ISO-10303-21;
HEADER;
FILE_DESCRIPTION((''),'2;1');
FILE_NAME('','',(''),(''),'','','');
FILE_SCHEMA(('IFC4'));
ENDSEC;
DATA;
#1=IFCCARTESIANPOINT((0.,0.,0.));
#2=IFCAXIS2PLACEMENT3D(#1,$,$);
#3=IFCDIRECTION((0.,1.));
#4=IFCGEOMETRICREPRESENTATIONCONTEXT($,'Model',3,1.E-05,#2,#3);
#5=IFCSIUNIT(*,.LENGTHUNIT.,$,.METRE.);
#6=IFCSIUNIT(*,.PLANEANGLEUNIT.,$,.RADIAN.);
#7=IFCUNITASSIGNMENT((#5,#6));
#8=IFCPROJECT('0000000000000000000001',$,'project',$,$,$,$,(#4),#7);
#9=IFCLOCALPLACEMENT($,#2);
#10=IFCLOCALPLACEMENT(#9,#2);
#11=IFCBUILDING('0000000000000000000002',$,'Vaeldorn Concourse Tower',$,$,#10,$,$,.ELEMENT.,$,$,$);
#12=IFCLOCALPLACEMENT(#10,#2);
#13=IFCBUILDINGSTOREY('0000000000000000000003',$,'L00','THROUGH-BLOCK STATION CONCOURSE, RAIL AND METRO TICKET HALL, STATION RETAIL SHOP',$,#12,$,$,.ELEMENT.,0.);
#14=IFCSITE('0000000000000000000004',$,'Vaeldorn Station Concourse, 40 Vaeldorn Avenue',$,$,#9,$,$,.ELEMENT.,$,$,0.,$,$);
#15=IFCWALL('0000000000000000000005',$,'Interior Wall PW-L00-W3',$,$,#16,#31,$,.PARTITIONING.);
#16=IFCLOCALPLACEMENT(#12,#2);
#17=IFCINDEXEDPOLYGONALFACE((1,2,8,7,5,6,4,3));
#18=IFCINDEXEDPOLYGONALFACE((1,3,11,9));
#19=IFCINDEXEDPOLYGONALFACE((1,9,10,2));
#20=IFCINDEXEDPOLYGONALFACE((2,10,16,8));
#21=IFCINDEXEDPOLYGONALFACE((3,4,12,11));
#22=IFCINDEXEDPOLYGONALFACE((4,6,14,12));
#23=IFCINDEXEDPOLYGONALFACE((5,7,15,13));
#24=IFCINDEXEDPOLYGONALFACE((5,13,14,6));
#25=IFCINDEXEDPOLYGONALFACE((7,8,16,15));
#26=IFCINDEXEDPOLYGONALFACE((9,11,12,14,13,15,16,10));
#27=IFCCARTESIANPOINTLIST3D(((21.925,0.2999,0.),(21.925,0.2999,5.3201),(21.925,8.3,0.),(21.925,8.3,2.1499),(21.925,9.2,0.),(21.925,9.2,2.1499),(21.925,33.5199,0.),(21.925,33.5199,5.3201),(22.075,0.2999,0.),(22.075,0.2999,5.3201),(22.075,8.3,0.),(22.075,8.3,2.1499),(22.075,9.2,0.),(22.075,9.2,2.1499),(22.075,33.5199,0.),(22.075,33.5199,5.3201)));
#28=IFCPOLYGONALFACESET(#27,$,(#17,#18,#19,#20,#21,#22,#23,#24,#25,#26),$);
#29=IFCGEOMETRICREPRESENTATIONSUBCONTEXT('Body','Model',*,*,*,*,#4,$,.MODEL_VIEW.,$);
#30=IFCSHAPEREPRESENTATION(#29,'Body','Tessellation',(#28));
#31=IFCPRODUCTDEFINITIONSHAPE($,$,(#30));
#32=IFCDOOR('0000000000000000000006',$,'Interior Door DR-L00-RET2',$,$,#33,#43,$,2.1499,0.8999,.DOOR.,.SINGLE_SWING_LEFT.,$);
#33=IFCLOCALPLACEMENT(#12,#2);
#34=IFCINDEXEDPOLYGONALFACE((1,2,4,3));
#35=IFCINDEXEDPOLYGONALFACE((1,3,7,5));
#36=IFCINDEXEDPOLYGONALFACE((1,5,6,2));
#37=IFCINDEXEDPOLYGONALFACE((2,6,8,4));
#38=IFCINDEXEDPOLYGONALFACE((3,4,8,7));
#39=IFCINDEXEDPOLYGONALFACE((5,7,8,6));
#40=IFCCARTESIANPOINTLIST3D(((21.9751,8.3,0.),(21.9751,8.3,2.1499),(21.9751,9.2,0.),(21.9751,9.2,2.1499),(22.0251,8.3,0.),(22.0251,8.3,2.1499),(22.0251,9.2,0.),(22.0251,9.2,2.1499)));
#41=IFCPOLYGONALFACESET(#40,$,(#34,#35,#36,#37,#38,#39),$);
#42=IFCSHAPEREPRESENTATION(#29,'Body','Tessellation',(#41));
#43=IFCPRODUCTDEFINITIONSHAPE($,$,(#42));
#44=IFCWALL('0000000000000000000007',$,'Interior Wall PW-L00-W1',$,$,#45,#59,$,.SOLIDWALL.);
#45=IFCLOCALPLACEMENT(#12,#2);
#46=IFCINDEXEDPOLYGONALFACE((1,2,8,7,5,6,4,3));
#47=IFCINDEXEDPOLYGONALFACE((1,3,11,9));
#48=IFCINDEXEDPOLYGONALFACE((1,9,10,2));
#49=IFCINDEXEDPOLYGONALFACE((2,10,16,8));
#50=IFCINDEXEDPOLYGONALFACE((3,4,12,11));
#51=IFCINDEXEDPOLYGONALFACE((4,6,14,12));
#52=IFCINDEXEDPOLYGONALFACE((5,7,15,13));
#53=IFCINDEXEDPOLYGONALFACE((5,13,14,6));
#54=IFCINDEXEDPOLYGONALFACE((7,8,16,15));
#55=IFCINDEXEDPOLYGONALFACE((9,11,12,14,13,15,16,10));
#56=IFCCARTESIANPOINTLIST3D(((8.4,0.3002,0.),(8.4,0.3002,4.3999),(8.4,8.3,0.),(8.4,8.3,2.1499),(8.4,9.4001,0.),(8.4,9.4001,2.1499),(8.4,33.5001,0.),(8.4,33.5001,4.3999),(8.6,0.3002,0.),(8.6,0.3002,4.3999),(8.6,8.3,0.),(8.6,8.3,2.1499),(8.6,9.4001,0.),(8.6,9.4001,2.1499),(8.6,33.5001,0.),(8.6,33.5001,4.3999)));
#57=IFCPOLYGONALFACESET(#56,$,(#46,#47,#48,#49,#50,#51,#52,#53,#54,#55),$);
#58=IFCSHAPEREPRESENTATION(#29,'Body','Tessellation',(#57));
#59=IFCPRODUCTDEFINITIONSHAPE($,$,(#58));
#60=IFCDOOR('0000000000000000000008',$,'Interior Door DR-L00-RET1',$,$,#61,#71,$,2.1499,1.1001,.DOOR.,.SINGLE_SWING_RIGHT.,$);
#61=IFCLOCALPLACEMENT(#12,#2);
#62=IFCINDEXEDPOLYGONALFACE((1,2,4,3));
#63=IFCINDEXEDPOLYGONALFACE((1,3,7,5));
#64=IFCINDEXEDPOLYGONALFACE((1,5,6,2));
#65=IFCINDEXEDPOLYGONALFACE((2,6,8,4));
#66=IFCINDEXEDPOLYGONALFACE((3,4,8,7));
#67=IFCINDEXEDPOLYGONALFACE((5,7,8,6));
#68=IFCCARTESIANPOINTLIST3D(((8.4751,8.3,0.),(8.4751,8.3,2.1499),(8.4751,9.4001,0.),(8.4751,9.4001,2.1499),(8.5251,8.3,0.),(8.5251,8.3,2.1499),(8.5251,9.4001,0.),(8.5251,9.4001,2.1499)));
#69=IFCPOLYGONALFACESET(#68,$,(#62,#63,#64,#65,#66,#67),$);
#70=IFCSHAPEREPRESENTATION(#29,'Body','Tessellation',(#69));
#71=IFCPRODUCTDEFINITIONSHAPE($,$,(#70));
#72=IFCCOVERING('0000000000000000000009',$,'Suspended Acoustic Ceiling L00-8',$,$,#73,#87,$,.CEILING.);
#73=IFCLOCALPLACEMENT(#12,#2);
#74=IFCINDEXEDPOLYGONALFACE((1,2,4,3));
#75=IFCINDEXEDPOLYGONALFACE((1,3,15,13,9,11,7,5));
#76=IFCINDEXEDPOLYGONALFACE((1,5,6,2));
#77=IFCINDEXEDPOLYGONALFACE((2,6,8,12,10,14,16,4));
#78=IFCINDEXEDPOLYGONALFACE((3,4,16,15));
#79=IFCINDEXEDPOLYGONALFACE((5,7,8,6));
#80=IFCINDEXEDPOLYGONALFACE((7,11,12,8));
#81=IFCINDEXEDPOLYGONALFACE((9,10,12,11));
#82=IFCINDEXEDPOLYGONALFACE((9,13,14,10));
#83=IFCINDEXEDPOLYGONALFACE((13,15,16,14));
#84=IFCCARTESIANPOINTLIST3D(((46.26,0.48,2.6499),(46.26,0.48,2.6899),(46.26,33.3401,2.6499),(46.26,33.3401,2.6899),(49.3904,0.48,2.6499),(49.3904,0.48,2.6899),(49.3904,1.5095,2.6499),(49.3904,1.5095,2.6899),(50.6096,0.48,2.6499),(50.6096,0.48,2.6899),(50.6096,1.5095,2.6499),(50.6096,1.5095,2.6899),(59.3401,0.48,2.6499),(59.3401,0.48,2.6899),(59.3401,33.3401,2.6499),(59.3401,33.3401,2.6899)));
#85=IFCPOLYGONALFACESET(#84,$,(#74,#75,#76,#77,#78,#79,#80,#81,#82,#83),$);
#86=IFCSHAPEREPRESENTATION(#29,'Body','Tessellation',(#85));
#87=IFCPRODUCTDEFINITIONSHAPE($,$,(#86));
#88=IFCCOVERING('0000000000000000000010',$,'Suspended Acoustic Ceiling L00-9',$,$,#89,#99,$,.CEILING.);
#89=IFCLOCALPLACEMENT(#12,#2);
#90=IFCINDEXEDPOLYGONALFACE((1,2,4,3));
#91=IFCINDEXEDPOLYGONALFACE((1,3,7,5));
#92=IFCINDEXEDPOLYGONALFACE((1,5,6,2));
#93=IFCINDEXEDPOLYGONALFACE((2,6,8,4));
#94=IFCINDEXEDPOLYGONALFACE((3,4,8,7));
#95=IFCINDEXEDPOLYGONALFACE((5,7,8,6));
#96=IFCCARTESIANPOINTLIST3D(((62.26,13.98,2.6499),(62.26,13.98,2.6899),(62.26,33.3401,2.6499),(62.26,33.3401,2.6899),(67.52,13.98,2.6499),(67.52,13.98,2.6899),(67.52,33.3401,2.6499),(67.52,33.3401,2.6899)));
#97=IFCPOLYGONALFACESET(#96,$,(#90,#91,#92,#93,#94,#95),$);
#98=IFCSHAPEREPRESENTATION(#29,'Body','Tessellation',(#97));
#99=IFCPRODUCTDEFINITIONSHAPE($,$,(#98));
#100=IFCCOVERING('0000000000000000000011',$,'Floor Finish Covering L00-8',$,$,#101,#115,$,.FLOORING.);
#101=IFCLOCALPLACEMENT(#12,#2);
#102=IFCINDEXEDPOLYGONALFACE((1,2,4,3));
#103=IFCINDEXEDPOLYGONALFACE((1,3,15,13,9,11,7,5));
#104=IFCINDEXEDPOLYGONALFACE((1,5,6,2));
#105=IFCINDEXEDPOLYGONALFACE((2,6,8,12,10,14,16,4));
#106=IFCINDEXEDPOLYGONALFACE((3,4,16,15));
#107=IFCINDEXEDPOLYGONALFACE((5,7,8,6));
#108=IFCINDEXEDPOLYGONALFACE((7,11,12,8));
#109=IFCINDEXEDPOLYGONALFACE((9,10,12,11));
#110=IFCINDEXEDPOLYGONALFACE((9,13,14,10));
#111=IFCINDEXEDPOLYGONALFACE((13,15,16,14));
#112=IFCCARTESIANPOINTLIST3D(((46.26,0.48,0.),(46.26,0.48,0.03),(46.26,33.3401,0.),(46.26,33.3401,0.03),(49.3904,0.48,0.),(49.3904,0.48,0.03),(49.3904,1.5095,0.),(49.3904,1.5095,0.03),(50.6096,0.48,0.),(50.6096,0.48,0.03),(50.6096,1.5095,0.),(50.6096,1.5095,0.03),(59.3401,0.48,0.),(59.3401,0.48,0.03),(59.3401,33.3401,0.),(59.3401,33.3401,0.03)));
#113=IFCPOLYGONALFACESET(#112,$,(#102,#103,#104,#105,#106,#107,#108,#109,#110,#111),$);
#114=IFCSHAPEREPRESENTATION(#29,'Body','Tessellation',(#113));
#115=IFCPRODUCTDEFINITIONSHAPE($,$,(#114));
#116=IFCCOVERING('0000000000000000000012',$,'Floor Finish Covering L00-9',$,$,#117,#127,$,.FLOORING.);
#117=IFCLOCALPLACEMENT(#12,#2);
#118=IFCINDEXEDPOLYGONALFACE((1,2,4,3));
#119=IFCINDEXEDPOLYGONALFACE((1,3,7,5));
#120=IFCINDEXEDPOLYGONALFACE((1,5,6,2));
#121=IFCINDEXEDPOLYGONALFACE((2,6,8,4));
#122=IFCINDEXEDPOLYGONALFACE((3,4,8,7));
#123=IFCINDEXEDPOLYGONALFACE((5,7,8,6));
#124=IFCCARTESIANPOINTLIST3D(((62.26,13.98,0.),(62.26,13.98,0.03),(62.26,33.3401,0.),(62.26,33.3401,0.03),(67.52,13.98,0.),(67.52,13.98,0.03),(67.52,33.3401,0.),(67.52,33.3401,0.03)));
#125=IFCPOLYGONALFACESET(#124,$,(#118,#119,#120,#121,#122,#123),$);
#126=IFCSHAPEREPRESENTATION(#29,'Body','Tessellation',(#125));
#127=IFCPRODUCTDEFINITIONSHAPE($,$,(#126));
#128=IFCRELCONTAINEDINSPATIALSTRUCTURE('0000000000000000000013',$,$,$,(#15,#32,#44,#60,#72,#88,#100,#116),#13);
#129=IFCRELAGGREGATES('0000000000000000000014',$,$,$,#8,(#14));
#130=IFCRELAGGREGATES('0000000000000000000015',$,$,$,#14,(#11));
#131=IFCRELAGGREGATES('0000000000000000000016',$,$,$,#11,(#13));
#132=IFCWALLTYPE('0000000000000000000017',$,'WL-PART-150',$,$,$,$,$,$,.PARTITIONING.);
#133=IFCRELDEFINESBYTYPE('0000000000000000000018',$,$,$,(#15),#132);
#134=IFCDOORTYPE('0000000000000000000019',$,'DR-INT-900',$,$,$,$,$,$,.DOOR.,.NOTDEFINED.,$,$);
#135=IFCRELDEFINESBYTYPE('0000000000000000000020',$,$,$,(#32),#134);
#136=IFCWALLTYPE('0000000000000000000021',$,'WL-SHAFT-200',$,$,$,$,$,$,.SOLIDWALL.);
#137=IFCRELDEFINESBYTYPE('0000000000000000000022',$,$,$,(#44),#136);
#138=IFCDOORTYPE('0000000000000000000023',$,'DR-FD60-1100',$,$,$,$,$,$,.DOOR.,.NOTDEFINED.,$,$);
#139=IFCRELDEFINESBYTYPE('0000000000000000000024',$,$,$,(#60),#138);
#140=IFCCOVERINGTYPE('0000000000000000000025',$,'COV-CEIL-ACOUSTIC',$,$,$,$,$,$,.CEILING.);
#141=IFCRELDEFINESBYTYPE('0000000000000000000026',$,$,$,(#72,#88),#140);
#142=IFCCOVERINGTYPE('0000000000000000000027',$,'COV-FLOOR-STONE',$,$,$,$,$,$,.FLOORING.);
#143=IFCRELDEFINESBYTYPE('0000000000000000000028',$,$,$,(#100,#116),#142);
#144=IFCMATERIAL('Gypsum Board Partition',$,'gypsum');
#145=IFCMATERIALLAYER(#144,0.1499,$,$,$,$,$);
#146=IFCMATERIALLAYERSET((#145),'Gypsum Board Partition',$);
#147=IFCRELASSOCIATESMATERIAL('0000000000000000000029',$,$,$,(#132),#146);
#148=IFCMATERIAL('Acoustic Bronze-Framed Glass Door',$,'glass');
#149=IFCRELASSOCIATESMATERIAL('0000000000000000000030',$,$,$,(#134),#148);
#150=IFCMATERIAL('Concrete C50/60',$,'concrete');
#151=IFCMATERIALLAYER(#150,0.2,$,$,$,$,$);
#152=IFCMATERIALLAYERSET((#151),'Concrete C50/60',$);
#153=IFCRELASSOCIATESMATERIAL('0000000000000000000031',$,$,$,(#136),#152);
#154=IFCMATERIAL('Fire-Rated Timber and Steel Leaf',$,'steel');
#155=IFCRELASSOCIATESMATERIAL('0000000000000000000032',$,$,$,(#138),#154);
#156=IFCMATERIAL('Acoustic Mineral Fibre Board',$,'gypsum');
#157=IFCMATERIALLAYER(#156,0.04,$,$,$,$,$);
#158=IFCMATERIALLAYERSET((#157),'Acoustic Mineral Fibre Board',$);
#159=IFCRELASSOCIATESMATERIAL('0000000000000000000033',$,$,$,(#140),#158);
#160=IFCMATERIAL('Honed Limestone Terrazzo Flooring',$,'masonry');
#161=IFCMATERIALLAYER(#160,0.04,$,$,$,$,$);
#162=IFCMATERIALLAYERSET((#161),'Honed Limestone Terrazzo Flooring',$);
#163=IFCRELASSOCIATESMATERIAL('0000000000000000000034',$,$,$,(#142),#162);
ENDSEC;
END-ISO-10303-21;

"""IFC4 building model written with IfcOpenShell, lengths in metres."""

from ifc_helpers import new_model, si_unit, direction, frame, frame_2d, origin, place, context, subcontext, project, spatial, polyline, rectangle, outline, extrude, source, transform, mapped, material, layer, layer_set, type_object, element, fill, save


model = new_model("IFC4")

# Units and contexts
model_context = context("Model", 3, precision=1e-05, world=origin(), true_north=direction((0.0, 1.0)))
body_context = subcontext(model_context, "Body", "Model", "MODEL_VIEW")
ifc_project = project(units=[si_unit("LENGTHUNIT", "METRE"), si_unit("PLANEANGLEUNIT", "RADIAN")], contexts=[model_context])

# Site, building, storey
site_placement = place(None, origin())
site = spatial("IfcSite", under=ifc_project, at=site_placement, Name="Vaeldorn Station Concourse, 40 Vaeldorn Avenue", CompositionType="ELEMENT", RefElevation=0.0)
building_placement = place(site_placement, origin())
building = spatial("IfcBuilding", under=site, at=building_placement, Name="Vaeldorn Concourse Tower", CompositionType="ELEMENT")
storey_placement = place(building_placement, origin())
storey = spatial("IfcBuildingStorey", under=building, at=storey_placement, Name="L00", Description="THROUGH-BLOCK STATION CONCOURSE, RAIL AND METRO TICKET HALL, STATION RETAIL SHOP", CompositionType="ELEMENT", Elevation=0.0)

# Walls, openings, doors
ifc_material_1 = material(Name="Gypsum Board Partition", Category="gypsum")
ifc_layer_1 = layer(ifc_material_1, 0.1499)
ifc_layer_set_1 = layer_set([ifc_layer_1], Name="Gypsum Board Partition")
wall_type_1 = type_object("IfcWallType", Name="WL-PART-150", PredefinedType="PARTITIONING", material=ifc_layer_set_1)
wall_1_placement = place(storey_placement, frame((22.0, 0.3, 0.0), z_axis=(0.0, 0.0, 1.0), x_axis=(0.0, 1.0, 0.0)))
wall_1 = element("IfcWall", 1, at=wall_1_placement, inside=storey, type_object=wall_type_1, Name="Interior Wall PW-L00-W3", PredefinedType="PARTITIONING", context=body_context, shape_type="SweptSolid", body=[
    extrude(rectangle(XDim=33.22, YDim=0.1499, at=frame_2d((16.6099, 0.0))), origin(), (0.0, 0.0, 1.0), 5.3201),
])
opening_1_placement = place(wall_1_placement, frame((8.0, 0.0, 0.0)))
opening_1 = element("IfcOpeningElement", 2, at=opening_1_placement, cuts=wall_1, PredefinedType="OPENING", context=body_context, shape_type="SweptSolid", body=[
    extrude(rectangle(XDim=0.8999, YDim=2.1499, at=frame_2d((0.45, 1.075))), frame((0.0, 0.085, 0.0), z_axis=(0.0, -1.0, 0.0), x_axis=(1.0, 0.0, 0.0)), (0.0, 0.0, 1.0), 0.1699),
])
ifc_material_2 = material(Name="Acoustic Bronze-Framed Glass Door", Category="glass")
door_type_1 = type_object("IfcDoorType", Name="DR-INT-900", OperationType="NOTDEFINED", PredefinedType="DOOR", material=ifc_material_2)
shared_shape_1 = source(origin(), body_context, "Body", "SweptSolid", [
    extrude(rectangle(XDim=0.8999, YDim=2.1499, at=frame_2d((0.45, 1.075))), frame((0.0, 0.0249, 0.0), z_axis=(0.0, -1.0, 0.0), x_axis=(1.0, 0.0, 0.0)), (0.0, 0.0, 1.0), 0.05),
])
door_1_placement = place(opening_1_placement, origin())
door_1 = element("IfcDoor", 3, at=door_1_placement, inside=storey, type_object=door_type_1, Name="Interior Door DR-L00-RET2", OperationType="SINGLE_SWING_LEFT", OverallHeight=2.1499, OverallWidth=0.8999, PredefinedType="DOOR", context=body_context, shape_type="MappedRepresentation", body=[
    mapped(shared_shape_1, transform((0.0, 0.0, 0.0), scale=1.0)),
])
fill(opening_1, door_1)
ifc_material_3 = material(Name="Concrete C50/60", Category="concrete")
ifc_layer_2 = layer(ifc_material_3, 0.2)
ifc_layer_set_2 = layer_set([ifc_layer_2], Name="Concrete C50/60")
wall_type_2 = type_object("IfcWallType", Name="WL-SHAFT-200", PredefinedType="SOLIDWALL", material=ifc_layer_set_2)
wall_2_placement = place(storey_placement, frame((8.5, 0.3, 0.0), z_axis=(0.0, 0.0, 1.0), x_axis=(0.0, 1.0, 0.0)))
wall_2 = element("IfcWall", 4, at=wall_2_placement, inside=storey, type_object=wall_type_2, Name="Interior Wall PW-L00-W1", PredefinedType="SOLIDWALL", context=body_context, shape_type="SweptSolid", body=[
    extrude(rectangle(XDim=33.2, YDim=0.2, at=frame_2d((16.6001, 0.0))), origin(), (0.0, 0.0, 1.0), 4.3999),
])
opening_2_placement = place(wall_2_placement, frame((8.0, 0.0, 0.0)))
opening_2 = element("IfcOpeningElement", 5, at=opening_2_placement, cuts=wall_2, PredefinedType="OPENING", context=body_context, shape_type="SweptSolid", body=[
    extrude(rectangle(XDim=1.1001, YDim=2.1499, at=frame_2d((0.55, 1.075))), frame((0.0, 0.1099, 0.0), z_axis=(0.0, -1.0, 0.0), x_axis=(1.0, 0.0, 0.0)), (0.0, 0.0, 1.0), 0.22),
])
ifc_material_4 = material(Name="Fire-Rated Timber and Steel Leaf", Category="steel")
door_type_2 = type_object("IfcDoorType", Name="DR-FD60-1100", OperationType="NOTDEFINED", PredefinedType="DOOR", material=ifc_material_4)
shared_shape_2 = source(origin(), body_context, "Body", "SweptSolid", [
    extrude(rectangle(XDim=1.1001, YDim=2.1499, at=frame_2d((0.55, 1.075))), frame((0.0, 0.0249, 0.0), z_axis=(0.0, -1.0, 0.0), x_axis=(1.0, 0.0, 0.0)), (0.0, 0.0, 1.0), 0.05),
])
door_2_placement = place(opening_2_placement, origin())
door_2 = element("IfcDoor", 6, at=door_2_placement, inside=storey, type_object=door_type_2, Name="Interior Door DR-L00-RET1", OperationType="SINGLE_SWING_RIGHT", OverallHeight=2.1499, OverallWidth=1.1001, PredefinedType="DOOR", context=body_context, shape_type="MappedRepresentation", body=[
    mapped(shared_shape_2, transform((0.0, 0.0, 0.0), scale=1.0)),
])
fill(opening_2, door_2)

# Coverings
ifc_material_5 = material(Name="Acoustic Mineral Fibre Board", Category="gypsum")
ifc_layer_3 = layer(ifc_material_5, 0.04)
ifc_layer_set_3 = layer_set([ifc_layer_3], Name="Acoustic Mineral Fibre Board")
covering_type_1 = type_object("IfcCoveringType", Name="COV-CEIL-ACOUSTIC", PredefinedType="CEILING", material=ifc_layer_set_3)
covering_1_placement = place(storey_placement, frame((0.0, 0.0, 2.6499)))
element("IfcCovering", 7, at=covering_1_placement, inside=storey, type_object=covering_type_1, Name="Suspended Acoustic Ceiling L00-8", PredefinedType="CEILING", context=body_context, shape_type="SweptSolid", body=[
    extrude(outline(polyline([(46.26, 33.3401), (59.3401, 33.3401), (59.3401, 0.48), (50.6096, 0.48), (50.6096, 1.5095), (49.3904, 1.5095), (49.3904, 0.48), (46.26, 0.48), (46.26, 33.3401)])), origin(), (0.0, 0.0, 1.0), 0.04),
])
covering_2_placement = place(storey_placement, frame((0.0, 0.0, 2.6499)))
element("IfcCovering", 8, at=covering_2_placement, inside=storey, type_object=covering_type_1, Name="Suspended Acoustic Ceiling L00-9", PredefinedType="CEILING", context=body_context, shape_type="SweptSolid", body=[
    extrude(outline(polyline([(62.26, 33.3401), (67.52, 33.3401), (67.52, 13.98), (62.26, 13.98), (62.26, 33.3401)])), origin(), (0.0, 0.0, 1.0), 0.04),
])
ifc_material_6 = material(Name="Honed Limestone Terrazzo Flooring", Category="masonry")
ifc_layer_4 = layer(ifc_material_6, 0.04)
ifc_layer_set_4 = layer_set([ifc_layer_4], Name="Honed Limestone Terrazzo Flooring")
covering_type_2 = type_object("IfcCoveringType", Name="COV-FLOOR-STONE", PredefinedType="FLOORING", material=ifc_layer_set_4)
covering_3_placement = place(storey_placement, origin())
element("IfcCovering", 9, at=covering_3_placement, inside=storey, type_object=covering_type_2, Name="Floor Finish Covering L00-8", PredefinedType="FLOORING", context=body_context, shape_type="SweptSolid", body=[
    extrude(outline(polyline([(46.26, 33.3401), (59.3401, 33.3401), (59.3401, 0.48), (50.6096, 0.48), (50.6096, 1.5095), (49.3904, 1.5095), (49.3904, 0.48), (46.26, 0.48), (46.26, 33.3401)])), origin(), (0.0, 0.0, 1.0), 0.03),
])
covering_4_placement = place(storey_placement, origin())
element("IfcCovering", 10, at=covering_4_placement, inside=storey, type_object=covering_type_2, Name="Floor Finish Covering L00-9", PredefinedType="FLOORING", context=body_context, shape_type="SweptSolid", body=[
    extrude(outline(polyline([(62.26, 33.3401), (67.52, 33.3401), (67.52, 13.98), (62.26, 13.98), (62.26, 33.3401)])), origin(), (0.0, 0.0, 1.0), 0.03),
])

save(model, "model.ifc")
